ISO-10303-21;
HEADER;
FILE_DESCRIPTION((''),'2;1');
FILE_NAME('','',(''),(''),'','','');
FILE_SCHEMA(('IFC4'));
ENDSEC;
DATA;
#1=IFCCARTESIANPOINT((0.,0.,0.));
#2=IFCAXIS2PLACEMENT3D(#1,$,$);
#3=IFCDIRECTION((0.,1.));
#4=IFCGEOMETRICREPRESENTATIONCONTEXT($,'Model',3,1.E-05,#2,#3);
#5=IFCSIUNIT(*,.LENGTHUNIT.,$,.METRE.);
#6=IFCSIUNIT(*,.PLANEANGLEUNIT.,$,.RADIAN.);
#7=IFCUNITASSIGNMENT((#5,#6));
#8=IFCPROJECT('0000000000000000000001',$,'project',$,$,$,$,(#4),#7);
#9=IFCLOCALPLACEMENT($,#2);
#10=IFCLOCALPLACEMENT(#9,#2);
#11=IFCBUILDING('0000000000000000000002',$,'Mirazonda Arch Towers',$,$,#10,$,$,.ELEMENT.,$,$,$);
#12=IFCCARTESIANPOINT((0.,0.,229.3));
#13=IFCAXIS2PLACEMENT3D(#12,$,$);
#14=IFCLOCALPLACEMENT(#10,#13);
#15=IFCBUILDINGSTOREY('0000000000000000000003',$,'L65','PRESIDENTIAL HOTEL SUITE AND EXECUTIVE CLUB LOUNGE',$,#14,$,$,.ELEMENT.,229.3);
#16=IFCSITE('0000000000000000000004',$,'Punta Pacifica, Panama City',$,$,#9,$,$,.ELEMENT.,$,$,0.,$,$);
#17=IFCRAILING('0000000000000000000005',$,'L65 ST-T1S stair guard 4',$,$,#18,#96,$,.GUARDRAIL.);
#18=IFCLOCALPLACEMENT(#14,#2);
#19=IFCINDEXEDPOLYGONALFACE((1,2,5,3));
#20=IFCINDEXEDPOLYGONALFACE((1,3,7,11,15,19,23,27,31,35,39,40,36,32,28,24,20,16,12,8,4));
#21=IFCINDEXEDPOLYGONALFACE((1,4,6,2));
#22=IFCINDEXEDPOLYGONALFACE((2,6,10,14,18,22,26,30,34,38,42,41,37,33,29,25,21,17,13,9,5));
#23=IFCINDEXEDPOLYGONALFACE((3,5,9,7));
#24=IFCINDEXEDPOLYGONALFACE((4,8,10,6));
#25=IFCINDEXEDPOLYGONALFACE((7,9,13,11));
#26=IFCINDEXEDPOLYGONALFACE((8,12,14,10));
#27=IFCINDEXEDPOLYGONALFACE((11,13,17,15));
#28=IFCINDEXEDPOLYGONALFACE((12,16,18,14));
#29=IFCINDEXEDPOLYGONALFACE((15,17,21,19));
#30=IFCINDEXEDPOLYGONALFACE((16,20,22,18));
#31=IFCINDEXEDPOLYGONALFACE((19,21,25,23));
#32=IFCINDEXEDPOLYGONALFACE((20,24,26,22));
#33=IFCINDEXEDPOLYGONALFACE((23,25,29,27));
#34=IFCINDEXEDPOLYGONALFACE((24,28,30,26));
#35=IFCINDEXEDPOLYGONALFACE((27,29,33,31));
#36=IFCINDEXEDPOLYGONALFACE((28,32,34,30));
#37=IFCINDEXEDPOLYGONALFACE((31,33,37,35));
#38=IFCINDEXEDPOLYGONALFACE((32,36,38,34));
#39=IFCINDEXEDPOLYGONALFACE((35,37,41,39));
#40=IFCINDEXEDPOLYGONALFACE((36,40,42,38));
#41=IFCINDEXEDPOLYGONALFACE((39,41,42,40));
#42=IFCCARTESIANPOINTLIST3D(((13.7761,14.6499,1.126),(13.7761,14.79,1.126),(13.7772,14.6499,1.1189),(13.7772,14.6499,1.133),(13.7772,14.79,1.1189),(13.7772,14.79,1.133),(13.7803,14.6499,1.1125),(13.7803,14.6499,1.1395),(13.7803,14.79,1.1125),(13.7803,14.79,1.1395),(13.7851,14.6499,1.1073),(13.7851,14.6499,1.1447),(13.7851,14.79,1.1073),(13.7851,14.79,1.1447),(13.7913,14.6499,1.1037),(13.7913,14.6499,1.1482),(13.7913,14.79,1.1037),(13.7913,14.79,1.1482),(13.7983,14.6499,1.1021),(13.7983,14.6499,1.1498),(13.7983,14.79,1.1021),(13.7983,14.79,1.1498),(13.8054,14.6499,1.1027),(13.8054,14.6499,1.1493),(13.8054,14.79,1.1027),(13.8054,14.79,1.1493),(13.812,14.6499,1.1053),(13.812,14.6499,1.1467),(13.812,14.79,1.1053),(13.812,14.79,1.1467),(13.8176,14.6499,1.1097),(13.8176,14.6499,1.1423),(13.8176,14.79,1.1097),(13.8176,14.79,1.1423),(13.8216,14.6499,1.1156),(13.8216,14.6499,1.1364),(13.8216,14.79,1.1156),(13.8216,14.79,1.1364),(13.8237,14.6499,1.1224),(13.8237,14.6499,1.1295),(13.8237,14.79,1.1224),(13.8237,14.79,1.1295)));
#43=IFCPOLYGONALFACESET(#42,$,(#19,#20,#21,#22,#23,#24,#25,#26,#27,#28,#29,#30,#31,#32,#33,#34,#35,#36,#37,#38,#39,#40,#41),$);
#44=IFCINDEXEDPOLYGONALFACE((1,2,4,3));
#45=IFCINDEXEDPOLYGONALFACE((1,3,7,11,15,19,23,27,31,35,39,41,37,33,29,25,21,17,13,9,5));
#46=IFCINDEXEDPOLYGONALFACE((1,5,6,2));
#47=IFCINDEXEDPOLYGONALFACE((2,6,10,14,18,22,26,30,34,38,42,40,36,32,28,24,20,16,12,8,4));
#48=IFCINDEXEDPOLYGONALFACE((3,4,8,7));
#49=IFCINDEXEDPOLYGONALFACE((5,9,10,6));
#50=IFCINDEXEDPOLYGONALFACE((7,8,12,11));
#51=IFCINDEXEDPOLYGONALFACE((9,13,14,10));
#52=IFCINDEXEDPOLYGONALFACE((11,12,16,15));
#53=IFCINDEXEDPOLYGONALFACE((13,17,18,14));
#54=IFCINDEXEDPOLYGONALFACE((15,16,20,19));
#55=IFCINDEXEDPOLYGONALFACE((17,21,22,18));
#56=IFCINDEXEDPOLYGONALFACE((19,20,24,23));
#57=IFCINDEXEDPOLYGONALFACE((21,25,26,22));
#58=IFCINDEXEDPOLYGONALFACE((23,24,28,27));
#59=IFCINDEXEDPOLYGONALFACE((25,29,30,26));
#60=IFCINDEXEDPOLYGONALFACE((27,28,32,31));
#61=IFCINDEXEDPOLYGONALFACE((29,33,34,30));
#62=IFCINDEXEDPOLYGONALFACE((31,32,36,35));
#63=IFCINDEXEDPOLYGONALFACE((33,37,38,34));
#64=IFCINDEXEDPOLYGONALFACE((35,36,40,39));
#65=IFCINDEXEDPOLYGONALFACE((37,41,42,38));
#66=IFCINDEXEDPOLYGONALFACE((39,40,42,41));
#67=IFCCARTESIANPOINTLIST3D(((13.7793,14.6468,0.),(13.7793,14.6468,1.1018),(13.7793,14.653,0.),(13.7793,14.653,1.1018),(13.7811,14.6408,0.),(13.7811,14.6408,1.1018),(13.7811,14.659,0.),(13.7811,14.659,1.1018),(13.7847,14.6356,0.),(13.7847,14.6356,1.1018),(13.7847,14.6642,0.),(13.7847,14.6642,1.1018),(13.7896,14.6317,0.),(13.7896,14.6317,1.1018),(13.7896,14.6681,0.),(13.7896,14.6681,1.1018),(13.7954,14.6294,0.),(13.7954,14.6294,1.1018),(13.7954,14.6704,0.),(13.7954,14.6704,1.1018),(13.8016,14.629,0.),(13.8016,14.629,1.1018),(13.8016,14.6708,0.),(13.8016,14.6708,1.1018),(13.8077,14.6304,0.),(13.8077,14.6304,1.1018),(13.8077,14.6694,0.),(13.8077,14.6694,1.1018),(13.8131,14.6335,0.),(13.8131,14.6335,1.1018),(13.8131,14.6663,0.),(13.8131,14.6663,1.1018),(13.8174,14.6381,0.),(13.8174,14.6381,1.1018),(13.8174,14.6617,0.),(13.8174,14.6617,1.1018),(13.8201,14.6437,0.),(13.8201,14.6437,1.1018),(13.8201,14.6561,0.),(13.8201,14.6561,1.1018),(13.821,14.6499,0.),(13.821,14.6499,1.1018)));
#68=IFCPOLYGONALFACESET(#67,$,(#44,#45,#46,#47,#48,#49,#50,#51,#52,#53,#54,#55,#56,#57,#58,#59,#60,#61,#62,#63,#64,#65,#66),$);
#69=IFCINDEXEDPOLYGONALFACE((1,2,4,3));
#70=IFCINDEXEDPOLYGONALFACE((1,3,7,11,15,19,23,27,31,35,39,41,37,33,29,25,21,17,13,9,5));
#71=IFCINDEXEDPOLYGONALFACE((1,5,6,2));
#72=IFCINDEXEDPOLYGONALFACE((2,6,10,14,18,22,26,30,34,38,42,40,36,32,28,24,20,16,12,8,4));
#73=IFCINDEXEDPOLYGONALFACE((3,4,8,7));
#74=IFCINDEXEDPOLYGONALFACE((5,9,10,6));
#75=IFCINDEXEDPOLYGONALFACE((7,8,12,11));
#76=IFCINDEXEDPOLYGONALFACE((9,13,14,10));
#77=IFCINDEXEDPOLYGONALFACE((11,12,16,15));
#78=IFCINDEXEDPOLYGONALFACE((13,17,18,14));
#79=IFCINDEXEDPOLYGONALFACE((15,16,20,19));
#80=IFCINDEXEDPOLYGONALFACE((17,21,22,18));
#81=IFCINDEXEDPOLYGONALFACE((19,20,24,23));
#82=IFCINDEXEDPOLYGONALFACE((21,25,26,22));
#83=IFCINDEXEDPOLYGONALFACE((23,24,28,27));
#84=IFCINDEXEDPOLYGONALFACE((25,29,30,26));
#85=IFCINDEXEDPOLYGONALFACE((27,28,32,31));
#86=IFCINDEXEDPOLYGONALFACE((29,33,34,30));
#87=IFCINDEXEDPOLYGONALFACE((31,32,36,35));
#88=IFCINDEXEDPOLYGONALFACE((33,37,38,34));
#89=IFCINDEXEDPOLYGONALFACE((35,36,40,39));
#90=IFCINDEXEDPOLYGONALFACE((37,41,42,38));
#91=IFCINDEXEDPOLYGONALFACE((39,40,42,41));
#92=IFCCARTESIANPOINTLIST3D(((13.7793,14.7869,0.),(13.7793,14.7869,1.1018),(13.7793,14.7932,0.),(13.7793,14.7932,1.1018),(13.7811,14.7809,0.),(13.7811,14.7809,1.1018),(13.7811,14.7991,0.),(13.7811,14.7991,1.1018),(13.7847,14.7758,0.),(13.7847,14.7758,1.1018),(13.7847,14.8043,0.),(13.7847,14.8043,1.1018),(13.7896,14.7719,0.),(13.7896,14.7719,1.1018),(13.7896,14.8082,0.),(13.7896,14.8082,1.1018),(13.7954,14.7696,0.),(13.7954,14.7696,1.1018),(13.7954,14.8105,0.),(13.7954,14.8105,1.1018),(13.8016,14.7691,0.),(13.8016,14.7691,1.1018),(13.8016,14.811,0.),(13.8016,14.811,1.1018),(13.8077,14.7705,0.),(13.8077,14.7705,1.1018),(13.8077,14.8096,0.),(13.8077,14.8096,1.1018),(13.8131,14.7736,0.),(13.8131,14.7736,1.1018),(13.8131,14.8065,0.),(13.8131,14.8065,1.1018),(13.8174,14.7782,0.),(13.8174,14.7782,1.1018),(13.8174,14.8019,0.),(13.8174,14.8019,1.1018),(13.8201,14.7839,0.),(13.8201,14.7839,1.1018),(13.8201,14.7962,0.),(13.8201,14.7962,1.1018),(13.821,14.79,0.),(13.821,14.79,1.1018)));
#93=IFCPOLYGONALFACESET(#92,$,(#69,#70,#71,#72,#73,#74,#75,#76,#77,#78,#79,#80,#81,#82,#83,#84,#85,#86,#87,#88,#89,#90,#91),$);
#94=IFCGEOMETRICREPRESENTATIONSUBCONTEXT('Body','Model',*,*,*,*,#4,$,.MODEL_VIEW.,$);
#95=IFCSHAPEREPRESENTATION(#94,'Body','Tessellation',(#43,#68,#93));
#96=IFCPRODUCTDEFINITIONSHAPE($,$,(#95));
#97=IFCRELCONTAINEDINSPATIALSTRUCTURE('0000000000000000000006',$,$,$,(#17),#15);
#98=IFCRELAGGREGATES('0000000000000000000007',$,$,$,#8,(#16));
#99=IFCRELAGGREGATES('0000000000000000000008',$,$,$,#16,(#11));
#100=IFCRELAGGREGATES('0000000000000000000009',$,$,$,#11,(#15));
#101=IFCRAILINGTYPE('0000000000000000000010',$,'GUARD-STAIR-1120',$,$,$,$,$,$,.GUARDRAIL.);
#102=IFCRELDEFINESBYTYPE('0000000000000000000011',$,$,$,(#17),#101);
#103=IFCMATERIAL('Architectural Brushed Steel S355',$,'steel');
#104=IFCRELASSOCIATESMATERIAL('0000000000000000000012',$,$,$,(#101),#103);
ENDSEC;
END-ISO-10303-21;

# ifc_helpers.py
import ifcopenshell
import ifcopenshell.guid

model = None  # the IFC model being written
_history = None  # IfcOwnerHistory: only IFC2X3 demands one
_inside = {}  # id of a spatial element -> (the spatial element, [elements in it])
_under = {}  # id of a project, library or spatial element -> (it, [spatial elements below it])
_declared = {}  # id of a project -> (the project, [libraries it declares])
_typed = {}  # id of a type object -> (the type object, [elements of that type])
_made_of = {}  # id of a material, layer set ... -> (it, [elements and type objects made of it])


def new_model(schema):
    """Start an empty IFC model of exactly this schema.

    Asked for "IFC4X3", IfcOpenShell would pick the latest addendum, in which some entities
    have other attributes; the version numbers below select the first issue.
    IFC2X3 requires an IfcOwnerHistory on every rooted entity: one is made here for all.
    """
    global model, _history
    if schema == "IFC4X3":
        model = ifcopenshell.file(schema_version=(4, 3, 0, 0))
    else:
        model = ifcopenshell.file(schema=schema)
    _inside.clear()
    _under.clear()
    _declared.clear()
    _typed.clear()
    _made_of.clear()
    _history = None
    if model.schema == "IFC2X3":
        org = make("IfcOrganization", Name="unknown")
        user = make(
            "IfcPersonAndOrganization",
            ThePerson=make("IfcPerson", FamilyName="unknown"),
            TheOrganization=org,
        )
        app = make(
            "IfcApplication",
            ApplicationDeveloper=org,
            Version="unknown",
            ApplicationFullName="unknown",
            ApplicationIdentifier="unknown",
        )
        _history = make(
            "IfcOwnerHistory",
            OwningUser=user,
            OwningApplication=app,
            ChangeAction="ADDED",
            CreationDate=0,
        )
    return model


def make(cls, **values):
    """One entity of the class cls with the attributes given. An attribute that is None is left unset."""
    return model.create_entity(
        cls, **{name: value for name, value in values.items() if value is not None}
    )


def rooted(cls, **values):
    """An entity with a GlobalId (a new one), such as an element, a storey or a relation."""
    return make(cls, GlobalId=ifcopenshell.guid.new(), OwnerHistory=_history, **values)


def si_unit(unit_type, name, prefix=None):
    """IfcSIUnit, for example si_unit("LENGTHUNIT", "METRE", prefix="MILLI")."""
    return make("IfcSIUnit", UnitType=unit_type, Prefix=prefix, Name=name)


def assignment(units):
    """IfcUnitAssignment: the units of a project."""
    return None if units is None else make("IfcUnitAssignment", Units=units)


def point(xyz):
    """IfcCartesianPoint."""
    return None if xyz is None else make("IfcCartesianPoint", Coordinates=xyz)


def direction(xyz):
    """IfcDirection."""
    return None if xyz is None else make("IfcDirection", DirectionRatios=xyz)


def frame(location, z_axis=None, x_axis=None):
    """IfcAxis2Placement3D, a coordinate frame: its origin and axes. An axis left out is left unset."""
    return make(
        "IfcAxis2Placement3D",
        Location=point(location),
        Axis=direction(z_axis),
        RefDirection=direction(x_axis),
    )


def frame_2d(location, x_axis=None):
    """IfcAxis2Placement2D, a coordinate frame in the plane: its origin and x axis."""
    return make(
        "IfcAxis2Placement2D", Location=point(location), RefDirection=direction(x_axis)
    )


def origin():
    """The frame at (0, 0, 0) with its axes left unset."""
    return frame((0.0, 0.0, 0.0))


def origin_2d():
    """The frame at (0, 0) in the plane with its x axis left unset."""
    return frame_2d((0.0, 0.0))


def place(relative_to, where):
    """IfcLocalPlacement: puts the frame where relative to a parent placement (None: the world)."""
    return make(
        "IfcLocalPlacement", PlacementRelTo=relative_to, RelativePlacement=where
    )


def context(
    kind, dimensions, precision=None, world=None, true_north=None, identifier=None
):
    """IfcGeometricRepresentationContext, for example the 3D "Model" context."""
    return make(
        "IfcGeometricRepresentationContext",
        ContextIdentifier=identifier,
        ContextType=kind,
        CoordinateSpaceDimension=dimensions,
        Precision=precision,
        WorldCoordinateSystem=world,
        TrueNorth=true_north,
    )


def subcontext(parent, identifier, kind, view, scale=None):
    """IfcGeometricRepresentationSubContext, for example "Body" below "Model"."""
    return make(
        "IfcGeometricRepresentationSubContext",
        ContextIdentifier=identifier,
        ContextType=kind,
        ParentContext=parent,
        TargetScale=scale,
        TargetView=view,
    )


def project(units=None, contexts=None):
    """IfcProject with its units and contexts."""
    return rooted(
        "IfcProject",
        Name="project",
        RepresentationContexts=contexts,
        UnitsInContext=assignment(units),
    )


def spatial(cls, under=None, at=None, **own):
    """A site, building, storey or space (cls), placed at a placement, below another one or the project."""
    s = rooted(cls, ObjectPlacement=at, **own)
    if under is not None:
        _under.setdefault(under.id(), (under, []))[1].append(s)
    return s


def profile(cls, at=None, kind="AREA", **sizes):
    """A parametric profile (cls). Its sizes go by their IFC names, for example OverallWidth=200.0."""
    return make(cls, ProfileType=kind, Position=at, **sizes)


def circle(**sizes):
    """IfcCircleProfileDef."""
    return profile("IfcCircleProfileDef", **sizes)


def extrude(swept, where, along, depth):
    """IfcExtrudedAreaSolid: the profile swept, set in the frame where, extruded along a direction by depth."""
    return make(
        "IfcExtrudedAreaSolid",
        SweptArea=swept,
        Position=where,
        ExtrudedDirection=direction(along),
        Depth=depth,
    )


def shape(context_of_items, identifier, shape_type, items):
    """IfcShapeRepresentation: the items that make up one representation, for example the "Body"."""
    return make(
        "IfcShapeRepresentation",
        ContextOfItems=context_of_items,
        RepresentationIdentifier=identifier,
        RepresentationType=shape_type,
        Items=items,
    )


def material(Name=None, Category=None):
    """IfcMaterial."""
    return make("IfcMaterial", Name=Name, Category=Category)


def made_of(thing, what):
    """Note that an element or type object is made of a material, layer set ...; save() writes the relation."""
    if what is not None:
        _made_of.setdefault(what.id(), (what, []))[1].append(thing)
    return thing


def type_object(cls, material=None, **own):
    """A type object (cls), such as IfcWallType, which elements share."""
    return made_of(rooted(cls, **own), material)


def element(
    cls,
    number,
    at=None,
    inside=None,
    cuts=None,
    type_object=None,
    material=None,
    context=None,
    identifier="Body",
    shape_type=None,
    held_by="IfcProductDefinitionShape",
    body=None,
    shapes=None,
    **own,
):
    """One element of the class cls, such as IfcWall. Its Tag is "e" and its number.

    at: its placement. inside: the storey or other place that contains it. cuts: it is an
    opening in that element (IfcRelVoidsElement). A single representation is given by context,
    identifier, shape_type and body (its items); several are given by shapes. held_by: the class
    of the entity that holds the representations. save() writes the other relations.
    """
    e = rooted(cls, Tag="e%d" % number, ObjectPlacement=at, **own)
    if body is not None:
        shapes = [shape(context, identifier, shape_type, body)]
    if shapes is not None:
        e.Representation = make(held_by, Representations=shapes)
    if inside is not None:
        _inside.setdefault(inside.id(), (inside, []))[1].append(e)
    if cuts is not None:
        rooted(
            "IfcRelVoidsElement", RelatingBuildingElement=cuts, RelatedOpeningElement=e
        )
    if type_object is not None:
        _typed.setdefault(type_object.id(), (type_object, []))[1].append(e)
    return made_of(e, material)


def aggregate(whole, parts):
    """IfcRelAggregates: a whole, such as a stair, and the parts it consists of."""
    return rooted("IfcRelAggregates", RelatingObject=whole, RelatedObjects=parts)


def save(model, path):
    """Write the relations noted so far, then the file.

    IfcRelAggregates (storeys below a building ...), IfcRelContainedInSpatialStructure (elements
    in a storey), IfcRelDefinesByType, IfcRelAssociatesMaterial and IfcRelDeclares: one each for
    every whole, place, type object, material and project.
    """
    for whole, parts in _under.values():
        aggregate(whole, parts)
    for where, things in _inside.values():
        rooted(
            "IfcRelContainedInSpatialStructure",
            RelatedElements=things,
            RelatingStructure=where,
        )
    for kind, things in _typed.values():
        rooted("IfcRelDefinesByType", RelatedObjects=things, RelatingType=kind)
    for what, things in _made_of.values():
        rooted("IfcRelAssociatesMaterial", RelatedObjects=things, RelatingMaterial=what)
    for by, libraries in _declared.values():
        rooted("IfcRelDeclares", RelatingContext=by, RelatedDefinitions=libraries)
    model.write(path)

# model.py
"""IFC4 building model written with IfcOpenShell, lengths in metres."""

from ifc_helpers import new_model, si_unit, direction, frame, origin, origin_2d, place, context, subcontext, project, spatial, circle, extrude, material, type_object, element, save


model = new_model("IFC4")

# Units and contexts
model_context = context("Model", 3, precision=1e-05, world=origin(), true_north=direction((0.0, 1.0)))
body_context = subcontext(model_context, "Body", "Model", "MODEL_VIEW")
ifc_project = project(units=[si_unit("LENGTHUNIT", "METRE"), si_unit("PLANEANGLEUNIT", "RADIAN")], contexts=[model_context])

# Site, building, storey
site_placement = place(None, origin())
site = spatial("IfcSite", under=ifc_project, at=site_placement, Name="Punta Pacifica, Panama City", CompositionType="ELEMENT", RefElevation=0.0)
building_placement = place(site_placement, origin())
building = spatial("IfcBuilding", under=site, at=building_placement, Name="Mirazonda Arch Towers", CompositionType="ELEMENT")
storey_placement = place(building_placement, frame((0.0, 0.0, 229.3)))
storey = spatial("IfcBuildingStorey", under=building, at=storey_placement, Name="L65", Description="PRESIDENTIAL HOTEL SUITE AND EXECUTIVE CLUB LOUNGE", CompositionType="ELEMENT", Elevation=229.3)

# Shared definitions
ifc_material_1 = material(Name="Architectural Brushed Steel S355", Category="steel")

# Railing
railing_type_1 = type_object("IfcRailingType", Name="GUARD-STAIR-1120", PredefinedType="GUARDRAIL", material=ifc_material_1)
railing_1_placement = place(storey_placement, frame((13.8, 14.6499, 0.0)))
element("IfcRailing", 1, at=railing_1_placement, inside=storey, type_object=railing_type_1, Name="L65 ST-T1S stair guard 4", PredefinedType="GUARDRAIL", context=body_context, shape_type="SweptSolid", body=[
    extrude(circle(Radius=0.0239, at=origin_2d()), frame((0.0, 0.0, 1.126), z_axis=(0.0, 1.0, 0.0), x_axis=(-1.0, 0.0, 0.0)), (0.0, 0.0, 1.0), 0.1401),
    extrude(circle(Radius=0.021, at=origin_2d()), origin(), (0.0, 0.0, 1.0), 1.1018),
    extrude(circle(Radius=0.021, at=origin_2d()), frame((0.0, 0.1401, 0.0)), (0.0, 0.0, 1.0), 1.1018),
])

save(model, "model.ifc")
